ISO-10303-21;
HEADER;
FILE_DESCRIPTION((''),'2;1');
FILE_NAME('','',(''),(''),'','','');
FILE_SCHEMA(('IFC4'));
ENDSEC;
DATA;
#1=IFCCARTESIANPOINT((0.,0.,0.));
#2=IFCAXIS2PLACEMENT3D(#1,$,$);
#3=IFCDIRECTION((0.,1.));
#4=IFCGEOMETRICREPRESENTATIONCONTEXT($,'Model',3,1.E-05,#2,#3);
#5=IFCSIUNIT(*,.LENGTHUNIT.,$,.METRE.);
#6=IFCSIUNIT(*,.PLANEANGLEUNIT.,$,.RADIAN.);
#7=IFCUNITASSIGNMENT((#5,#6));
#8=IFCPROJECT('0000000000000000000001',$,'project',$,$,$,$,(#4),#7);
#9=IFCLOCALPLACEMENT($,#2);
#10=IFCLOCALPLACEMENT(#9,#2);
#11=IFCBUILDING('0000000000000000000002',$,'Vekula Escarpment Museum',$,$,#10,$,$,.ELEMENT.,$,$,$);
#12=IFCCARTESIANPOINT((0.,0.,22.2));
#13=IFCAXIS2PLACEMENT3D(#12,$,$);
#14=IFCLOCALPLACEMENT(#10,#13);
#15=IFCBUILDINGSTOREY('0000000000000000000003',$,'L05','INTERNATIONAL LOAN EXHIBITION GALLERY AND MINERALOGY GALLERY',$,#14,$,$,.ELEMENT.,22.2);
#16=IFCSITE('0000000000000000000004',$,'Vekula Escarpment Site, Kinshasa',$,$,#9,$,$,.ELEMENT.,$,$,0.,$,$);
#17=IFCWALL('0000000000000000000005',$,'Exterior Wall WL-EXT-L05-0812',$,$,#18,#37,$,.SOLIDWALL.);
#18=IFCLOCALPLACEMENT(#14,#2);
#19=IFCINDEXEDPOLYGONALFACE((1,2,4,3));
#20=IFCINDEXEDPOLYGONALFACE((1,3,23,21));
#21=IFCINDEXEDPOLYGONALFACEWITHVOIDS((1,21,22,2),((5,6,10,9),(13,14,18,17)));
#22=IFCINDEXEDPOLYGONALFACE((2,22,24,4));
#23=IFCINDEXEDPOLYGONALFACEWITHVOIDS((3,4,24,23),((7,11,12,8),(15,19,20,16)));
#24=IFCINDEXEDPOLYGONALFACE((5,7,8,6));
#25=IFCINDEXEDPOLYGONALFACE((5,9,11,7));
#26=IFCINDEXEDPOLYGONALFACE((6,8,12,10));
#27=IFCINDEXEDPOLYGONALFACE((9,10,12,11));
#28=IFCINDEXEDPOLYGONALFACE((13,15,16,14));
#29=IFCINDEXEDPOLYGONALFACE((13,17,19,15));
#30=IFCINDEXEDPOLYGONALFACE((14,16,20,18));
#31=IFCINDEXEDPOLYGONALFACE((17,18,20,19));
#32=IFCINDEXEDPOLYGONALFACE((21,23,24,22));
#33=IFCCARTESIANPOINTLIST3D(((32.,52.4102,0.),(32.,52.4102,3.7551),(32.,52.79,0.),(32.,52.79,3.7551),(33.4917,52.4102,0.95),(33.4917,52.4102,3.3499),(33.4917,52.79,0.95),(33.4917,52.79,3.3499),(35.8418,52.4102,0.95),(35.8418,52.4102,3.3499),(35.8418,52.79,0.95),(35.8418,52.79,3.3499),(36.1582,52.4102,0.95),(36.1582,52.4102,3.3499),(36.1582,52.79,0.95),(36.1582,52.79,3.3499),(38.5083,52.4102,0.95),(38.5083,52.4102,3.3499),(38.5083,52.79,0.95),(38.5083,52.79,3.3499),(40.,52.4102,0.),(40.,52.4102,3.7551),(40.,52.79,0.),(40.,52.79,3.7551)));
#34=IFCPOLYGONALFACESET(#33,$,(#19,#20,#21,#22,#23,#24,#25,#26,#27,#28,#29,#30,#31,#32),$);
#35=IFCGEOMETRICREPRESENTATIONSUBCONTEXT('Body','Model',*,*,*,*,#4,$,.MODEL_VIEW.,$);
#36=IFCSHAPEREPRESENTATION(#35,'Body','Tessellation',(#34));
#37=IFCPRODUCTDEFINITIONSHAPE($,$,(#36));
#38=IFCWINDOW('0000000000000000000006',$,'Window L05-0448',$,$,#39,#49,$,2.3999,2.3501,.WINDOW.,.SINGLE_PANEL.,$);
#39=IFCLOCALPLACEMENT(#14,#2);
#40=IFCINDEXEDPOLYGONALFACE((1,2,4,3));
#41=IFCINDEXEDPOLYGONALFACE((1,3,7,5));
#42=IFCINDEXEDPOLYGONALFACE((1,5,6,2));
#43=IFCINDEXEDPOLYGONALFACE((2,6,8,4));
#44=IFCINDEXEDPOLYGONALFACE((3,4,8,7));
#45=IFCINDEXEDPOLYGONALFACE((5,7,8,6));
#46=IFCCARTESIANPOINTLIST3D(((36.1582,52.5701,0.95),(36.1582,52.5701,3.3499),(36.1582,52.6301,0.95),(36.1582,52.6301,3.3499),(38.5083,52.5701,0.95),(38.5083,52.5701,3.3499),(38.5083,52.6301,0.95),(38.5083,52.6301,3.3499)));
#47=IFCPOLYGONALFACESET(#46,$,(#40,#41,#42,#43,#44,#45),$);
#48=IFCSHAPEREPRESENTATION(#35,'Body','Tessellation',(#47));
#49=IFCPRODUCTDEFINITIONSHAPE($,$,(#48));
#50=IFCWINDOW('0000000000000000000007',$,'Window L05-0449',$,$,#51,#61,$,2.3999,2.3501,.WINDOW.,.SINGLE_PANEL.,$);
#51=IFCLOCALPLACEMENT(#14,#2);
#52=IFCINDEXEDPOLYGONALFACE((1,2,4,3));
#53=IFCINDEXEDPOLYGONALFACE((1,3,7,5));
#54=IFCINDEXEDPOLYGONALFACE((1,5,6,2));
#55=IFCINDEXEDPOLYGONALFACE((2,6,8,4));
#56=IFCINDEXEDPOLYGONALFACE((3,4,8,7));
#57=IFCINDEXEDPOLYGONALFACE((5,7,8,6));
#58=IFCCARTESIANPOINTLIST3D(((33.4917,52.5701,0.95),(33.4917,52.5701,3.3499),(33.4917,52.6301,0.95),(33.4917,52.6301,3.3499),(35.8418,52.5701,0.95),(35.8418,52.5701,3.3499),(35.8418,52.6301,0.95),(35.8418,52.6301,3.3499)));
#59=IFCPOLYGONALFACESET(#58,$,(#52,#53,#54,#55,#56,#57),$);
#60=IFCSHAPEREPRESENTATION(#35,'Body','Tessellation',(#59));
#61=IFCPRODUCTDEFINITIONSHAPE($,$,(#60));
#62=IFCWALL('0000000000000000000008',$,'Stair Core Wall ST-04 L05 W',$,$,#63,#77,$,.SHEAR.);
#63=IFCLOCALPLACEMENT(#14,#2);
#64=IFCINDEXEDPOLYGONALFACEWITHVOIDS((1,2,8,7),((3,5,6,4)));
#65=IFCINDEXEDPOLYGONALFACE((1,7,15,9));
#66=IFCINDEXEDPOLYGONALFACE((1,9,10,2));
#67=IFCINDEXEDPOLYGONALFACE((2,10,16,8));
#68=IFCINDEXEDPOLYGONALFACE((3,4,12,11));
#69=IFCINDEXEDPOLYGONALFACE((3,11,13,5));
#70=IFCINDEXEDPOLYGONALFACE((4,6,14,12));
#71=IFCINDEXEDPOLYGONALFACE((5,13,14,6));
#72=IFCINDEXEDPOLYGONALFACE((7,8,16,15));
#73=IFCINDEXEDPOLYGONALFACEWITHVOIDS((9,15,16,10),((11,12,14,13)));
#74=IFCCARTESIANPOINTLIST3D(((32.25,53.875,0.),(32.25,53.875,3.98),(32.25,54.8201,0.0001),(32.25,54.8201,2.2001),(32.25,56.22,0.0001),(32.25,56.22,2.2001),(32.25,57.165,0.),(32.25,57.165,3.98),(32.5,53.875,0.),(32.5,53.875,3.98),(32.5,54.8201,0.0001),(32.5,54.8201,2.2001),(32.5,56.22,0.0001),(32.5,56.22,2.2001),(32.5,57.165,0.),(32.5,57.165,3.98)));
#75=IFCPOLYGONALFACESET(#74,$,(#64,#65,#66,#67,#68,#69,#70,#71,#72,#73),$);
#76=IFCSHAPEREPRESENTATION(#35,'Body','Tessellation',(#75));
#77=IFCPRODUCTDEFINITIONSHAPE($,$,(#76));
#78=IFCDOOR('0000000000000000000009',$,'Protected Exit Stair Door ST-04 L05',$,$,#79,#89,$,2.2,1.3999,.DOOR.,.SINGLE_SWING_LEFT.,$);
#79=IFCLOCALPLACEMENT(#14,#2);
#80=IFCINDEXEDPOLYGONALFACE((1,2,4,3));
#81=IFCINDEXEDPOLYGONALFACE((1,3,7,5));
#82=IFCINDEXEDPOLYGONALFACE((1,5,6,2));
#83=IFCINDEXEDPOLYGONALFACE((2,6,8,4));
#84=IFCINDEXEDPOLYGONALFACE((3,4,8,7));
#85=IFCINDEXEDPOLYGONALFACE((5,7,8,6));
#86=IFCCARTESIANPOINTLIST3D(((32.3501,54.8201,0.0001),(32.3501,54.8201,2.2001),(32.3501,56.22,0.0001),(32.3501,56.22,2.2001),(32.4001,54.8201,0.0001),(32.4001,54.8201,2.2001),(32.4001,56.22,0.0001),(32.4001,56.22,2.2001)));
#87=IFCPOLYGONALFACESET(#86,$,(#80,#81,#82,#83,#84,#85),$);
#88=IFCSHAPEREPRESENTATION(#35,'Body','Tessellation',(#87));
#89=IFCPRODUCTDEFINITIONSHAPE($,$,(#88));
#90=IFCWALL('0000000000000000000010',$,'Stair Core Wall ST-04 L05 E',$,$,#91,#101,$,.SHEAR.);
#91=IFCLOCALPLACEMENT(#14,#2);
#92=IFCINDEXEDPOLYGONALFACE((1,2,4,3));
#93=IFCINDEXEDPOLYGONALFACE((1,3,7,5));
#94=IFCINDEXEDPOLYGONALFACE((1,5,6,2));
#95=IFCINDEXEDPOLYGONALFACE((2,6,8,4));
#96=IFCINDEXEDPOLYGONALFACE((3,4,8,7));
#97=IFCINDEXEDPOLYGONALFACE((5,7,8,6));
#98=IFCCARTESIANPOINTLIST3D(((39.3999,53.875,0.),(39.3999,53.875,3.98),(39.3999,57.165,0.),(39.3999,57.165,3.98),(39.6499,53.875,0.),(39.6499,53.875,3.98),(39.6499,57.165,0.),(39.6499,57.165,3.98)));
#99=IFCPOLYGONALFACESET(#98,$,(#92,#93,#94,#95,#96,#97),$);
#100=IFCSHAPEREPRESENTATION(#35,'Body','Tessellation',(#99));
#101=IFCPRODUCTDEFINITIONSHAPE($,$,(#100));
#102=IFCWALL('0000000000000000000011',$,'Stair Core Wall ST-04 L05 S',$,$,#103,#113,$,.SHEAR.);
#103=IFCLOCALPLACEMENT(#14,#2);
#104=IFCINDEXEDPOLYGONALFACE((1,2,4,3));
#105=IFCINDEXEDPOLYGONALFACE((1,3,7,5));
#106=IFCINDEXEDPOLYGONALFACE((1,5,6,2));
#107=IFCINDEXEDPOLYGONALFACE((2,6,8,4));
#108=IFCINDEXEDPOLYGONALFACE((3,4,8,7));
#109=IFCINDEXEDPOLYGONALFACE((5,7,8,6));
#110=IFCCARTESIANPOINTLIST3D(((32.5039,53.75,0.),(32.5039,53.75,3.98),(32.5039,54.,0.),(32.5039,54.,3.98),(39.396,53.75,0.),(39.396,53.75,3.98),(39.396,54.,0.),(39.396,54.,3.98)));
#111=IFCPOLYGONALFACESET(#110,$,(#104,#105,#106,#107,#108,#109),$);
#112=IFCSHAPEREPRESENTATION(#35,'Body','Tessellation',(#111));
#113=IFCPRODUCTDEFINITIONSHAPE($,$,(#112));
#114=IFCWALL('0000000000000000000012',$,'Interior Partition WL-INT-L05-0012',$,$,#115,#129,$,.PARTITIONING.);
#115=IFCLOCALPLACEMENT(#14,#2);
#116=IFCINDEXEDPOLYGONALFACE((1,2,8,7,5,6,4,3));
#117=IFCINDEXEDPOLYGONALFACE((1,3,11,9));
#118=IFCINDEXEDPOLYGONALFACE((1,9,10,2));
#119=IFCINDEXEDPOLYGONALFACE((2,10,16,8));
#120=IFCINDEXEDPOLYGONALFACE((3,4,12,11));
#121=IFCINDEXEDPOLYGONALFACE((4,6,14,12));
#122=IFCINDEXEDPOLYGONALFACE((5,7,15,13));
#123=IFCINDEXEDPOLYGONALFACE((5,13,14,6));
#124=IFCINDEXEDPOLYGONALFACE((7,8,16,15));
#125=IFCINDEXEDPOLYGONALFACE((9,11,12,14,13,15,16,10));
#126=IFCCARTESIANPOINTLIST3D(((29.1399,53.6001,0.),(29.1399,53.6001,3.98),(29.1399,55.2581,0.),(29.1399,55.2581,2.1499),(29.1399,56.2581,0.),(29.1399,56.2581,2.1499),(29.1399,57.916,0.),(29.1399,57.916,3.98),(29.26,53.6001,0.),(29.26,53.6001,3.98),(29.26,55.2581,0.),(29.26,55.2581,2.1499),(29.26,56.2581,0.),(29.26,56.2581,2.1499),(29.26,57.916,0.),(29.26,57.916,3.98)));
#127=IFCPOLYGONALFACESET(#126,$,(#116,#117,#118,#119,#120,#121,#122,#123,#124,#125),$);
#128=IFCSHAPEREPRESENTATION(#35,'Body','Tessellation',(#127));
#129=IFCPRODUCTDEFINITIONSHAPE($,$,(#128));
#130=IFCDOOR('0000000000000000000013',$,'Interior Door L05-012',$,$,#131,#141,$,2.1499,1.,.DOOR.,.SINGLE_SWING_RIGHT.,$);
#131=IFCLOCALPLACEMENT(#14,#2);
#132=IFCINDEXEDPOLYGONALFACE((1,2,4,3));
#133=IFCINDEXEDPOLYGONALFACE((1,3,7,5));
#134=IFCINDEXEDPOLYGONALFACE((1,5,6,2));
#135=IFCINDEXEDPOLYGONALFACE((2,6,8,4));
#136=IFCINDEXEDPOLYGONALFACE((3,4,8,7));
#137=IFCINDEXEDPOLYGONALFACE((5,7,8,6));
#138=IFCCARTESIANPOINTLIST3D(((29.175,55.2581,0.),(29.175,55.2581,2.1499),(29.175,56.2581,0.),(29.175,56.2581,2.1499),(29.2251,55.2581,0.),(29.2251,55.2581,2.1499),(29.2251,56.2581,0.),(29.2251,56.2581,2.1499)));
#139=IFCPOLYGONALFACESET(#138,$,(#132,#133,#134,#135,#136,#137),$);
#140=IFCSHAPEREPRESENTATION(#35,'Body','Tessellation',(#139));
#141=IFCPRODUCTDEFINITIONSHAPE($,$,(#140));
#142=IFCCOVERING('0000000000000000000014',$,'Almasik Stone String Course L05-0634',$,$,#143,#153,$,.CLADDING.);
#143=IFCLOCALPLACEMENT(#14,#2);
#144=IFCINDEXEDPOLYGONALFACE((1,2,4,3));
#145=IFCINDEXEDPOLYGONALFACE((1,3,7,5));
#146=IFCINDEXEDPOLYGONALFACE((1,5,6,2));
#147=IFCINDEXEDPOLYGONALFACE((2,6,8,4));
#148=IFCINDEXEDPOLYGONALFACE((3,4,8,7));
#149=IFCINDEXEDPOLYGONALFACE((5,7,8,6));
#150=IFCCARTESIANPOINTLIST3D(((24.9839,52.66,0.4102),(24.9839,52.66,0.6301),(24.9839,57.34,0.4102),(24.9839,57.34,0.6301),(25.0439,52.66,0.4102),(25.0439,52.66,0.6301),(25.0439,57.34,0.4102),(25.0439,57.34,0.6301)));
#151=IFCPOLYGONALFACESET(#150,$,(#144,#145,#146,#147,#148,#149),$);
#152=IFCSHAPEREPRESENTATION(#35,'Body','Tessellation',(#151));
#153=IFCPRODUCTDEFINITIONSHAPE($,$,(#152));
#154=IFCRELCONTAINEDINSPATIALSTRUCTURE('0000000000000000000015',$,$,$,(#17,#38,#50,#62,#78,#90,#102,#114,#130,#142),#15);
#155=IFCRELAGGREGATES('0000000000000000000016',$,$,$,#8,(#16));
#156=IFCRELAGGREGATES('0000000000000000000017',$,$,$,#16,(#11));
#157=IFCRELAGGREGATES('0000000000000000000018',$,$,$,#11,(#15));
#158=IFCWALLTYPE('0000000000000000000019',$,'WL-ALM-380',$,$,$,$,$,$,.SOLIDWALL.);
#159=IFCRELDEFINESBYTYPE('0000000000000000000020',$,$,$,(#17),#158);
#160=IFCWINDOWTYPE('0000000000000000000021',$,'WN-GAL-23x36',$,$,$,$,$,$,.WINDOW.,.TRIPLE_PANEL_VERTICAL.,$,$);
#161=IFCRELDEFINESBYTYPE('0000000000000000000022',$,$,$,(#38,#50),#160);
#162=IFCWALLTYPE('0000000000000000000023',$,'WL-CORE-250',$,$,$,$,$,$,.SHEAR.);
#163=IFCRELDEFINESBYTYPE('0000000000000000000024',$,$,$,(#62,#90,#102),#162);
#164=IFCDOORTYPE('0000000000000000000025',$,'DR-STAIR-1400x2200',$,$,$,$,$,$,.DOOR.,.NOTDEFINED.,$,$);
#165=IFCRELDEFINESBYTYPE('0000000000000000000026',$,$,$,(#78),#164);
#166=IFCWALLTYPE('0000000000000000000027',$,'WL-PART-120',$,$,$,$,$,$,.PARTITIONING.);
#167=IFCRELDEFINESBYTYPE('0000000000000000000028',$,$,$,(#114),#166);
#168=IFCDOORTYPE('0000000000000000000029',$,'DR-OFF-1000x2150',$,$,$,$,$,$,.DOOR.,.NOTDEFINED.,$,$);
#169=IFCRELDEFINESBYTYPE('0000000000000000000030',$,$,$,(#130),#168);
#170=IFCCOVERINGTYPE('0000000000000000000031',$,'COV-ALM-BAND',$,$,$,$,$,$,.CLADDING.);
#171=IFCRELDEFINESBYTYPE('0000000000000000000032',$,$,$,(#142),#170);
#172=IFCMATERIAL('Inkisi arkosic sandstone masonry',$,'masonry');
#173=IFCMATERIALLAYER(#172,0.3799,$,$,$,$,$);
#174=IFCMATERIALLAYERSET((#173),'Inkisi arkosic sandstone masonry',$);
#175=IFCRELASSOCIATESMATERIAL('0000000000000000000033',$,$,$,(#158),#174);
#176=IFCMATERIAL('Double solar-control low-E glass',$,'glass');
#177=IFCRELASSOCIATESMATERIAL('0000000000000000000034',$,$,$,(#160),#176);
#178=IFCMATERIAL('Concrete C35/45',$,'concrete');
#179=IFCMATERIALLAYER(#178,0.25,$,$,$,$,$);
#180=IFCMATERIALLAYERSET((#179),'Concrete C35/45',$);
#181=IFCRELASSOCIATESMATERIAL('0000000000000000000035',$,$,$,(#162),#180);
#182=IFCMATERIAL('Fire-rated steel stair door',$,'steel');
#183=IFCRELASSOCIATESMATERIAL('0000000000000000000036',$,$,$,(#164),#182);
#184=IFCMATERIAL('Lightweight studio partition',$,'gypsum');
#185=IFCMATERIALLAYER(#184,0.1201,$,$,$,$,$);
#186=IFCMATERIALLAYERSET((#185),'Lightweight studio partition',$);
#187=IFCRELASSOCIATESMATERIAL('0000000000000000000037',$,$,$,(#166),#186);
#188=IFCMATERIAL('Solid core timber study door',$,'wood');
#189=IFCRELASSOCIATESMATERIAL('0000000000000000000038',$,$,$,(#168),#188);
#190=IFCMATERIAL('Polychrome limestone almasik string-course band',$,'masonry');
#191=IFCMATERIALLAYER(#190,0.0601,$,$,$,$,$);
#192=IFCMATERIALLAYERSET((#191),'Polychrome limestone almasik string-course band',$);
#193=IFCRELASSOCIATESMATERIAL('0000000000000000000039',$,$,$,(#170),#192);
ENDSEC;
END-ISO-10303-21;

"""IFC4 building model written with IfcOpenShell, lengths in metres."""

from ifc_helpers import new_model, si_unit, direction, frame, frame_2d, origin, origin_2d, place, context, subcontext, project, spatial, rectangle, extrude, material, layer, layer_set, type_object, element, fill, save


model = new_model("IFC4")

# Units and contexts
model_context = context("Model", 3, precision=1e-05, world=origin(), true_north=direction((0.0, 1.0)))
body_context = subcontext(model_context, "Body", "Model", "MODEL_VIEW")
ifc_project = project(units=[si_unit("LENGTHUNIT", "METRE"), si_unit("PLANEANGLEUNIT", "RADIAN")], contexts=[model_context])

# Site, building, storey
site_placement = place(None, origin())
site = spatial("IfcSite", under=ifc_project, at=site_placement, Name="Vekula Escarpment Site, Kinshasa", CompositionType="ELEMENT", RefElevation=0.0)
building_placement = place(site_placement, origin())
building = spatial("IfcBuilding", under=site, at=building_placement, Name="Vekula Escarpment Museum", CompositionType="ELEMENT")
storey_placement = place(building_placement, frame((0.0, 0.0, 22.2)))
storey = spatial("IfcBuildingStorey", under=building, at=storey_placement, Name="L05", Description="INTERNATIONAL LOAN EXHIBITION GALLERY AND MINERALOGY GALLERY", CompositionType="ELEMENT", Elevation=22.2)

# Wall, openings, windows
ifc_material_1 = material(Name="Inkisi arkosic sandstone masonry", Category="masonry")
ifc_layer_1 = layer(ifc_material_1, 0.3799)
ifc_layer_set_1 = layer_set([ifc_layer_1], Name="Inkisi arkosic sandstone masonry")
wall_type_1 = type_object("IfcWallType", Name="WL-ALM-380", PredefinedType="SOLIDWALL", material=ifc_layer_set_1)
wall_1_placement = place(storey_placement, frame((40.0, 52.6001, 0.0), z_axis=(0.0, 0.0, 1.0), x_axis=(-1.0, 0.0, 0.0)))
wall_1 = element("IfcWall", 1, at=wall_1_placement, inside=storey, type_object=wall_type_1, Name="Exterior Wall WL-EXT-L05-0812", PredefinedType="SOLIDWALL", context=body_context, shape_type="SweptSolid", body=[
    extrude(rectangle(XDim=8.0, YDim=0.3799, at=frame_2d((4.0, 0.0))), origin(), (0.0, 0.0, 1.0), 3.7551),
])
opening_1_placement = place(wall_1_placement, frame((1.4917, 0.0, 0.95)))
opening_1 = element("IfcOpeningElement", 2, at=opening_1_placement, cuts=wall_1, PredefinedType="OPENING", context=body_context, shape_type="SweptSolid", body=[
    extrude(rectangle(XDim=2.3501, YDim=2.3999, at=frame_2d((1.175, 1.2))), frame((0.0, 0.2, 0.0), z_axis=(0.0, -1.0, 0.0), x_axis=(1.0, 0.0, 0.0)), (0.0, 0.0, 1.0), 0.3999),
])
opening_2_placement = place(wall_1_placement, frame((4.1582, 0.0, 0.95)))
opening_2 = element("IfcOpeningElement", 3, at=opening_2_placement, cuts=wall_1, PredefinedType="OPENING", context=body_context, shape_type="SweptSolid", body=[
    extrude(rectangle(XDim=2.3501, YDim=2.3999, at=frame_2d((1.175, 1.2))), frame((0.0, 0.2, 0.0), z_axis=(0.0, -1.0, 0.0), x_axis=(1.0, 0.0, 0.0)), (0.0, 0.0, 1.0), 0.3999),
])
ifc_material_2 = material(Name="Double solar-control low-E glass", Category="glass")
window_type_1 = type_object("IfcWindowType", Name="WN-GAL-23x36", PartitioningType="TRIPLE_PANEL_VERTICAL", PredefinedType="WINDOW", material=ifc_material_2)
window_1_placement = place(opening_1_placement, origin())
window_1 = element("IfcWindow", 4, at=window_1_placement, inside=storey, type_object=window_type_1, Name="Window L05-0448", OverallHeight=2.3999, OverallWidth=2.3501, PartitioningType="SINGLE_PANEL", PredefinedType="WINDOW", context=body_context, shape_type="SweptSolid", body=[
    extrude(rectangle(XDim=2.3501, YDim=2.3999, at=frame_2d((1.175, 1.2))), frame((0.0, 0.03, 0.0), z_axis=(0.0, -1.0, 0.0), x_axis=(1.0, 0.0, 0.0)), (0.0, 0.0, 1.0), 0.0601),
])
fill(opening_1, window_1)
window_2_placement = place(opening_2_placement, origin())
window_2 = element("IfcWindow", 5, at=window_2_placement, inside=storey, type_object=window_type_1, Name="Window L05-0449", OverallHeight=2.3999, OverallWidth=2.3501, PartitioningType="SINGLE_PANEL", PredefinedType="WINDOW", context=body_context, shape_type="SweptSolid", body=[
    extrude(rectangle(XDim=2.3501, YDim=2.3999, at=frame_2d((1.175, 1.2))), frame((0.0, 0.03, 0.0), z_axis=(0.0, -1.0, 0.0), x_axis=(1.0, 0.0, 0.0)), (0.0, 0.0, 1.0), 0.0601),
])
fill(opening_2, window_2)

# Wall, opening, door
ifc_material_3 = material(Name="Concrete C35/45", Category="concrete")
ifc_layer_2 = layer(ifc_material_3, 0.25)
ifc_layer_set_2 = layer_set([ifc_layer_2], Name="Concrete C35/45")
wall_type_2 = type_object("IfcWallType", Name="WL-CORE-250", PredefinedType="SHEAR", material=ifc_layer_set_2)
wall_2_placement = place(storey_placement, frame((32.375, 53.875, 0.0), z_axis=(0.0, 0.0, 1.0), x_axis=(0.0, 1.0, 0.0)))
wall_2 = element("IfcWall", 6, at=wall_2_placement, inside=storey, type_object=wall_type_2, Name="Stair Core Wall ST-04 L05 W", PredefinedType="SHEAR", context=body_context, shape_type="SweptSolid", body=[
    extrude(rectangle(XDim=3.29, YDim=0.25, at=frame_2d((1.645, 0.0))), origin(), (0.0, 0.0, 1.0), 3.98),
])
opening_3_placement = place(wall_2_placement, frame((0.9451, 0.0, 0.0)))
opening_3 = element("IfcOpeningElement", 7, at=opening_3_placement, cuts=wall_2, PredefinedType="OPENING", context=body_context, shape_type="SweptSolid", body=[
    extrude(rectangle(XDim=1.3999, YDim=2.2, at=frame_2d((0.7, 1.1001))), frame((0.0, 0.135, 0.0), z_axis=(0.0, -1.0, 0.0), x_axis=(1.0, 0.0, 0.0)), (0.0, 0.0, 1.0), 0.27),
])
ifc_material_4 = material(Name="Fire-rated steel stair door", Category="steel")
door_type_1 = type_object("IfcDoorType", Name="DR-STAIR-1400x2200", OperationType="NOTDEFINED", PredefinedType="DOOR", material=ifc_material_4)
door_1_placement = place(opening_3_placement, origin())
door_1 = element("IfcDoor", 8, at=door_1_placement, inside=storey, type_object=door_type_1, Name="Protected Exit Stair Door ST-04 L05", OperationType="SINGLE_SWING_LEFT", OverallHeight=2.2, OverallWidth=1.3999, PredefinedType="DOOR", context=body_context, shape_type="SweptSolid", body=[
    extrude(rectangle(XDim=1.3999, YDim=2.2, at=frame_2d((0.7, 1.1001))), frame((0.0, 0.0249, 0.0), z_axis=(0.0, -1.0, 0.0), x_axis=(1.0, 0.0, 0.0)), (0.0, 0.0, 1.0), 0.05),
])
fill(opening_3, door_1)

# Walls
wall_3_placement = place(storey_placement, frame((39.5249, 53.875, 0.0), z_axis=(0.0, 0.0, 1.0), x_axis=(0.0, 1.0, 0.0)))
element("IfcWall", 9, at=wall_3_placement, inside=storey, type_object=wall_type_2, Name="Stair Core Wall ST-04 L05 E", PredefinedType="SHEAR", context=body_context, shape_type="SweptSolid", body=[
    extrude(rectangle(XDim=3.29, YDim=0.25, at=frame_2d((1.645, 0.0))), origin(), (0.0, 0.0, 1.0), 3.98),
])
wall_4_placement = place(storey_placement, frame((32.5039, 53.875, 0.0), z_axis=(0.0, 0.0, 1.0), x_axis=(1.0, 0.0, 0.0)))
element("IfcWall", 10, at=wall_4_placement, inside=storey, type_object=wall_type_2, Name="Stair Core Wall ST-04 L05 S", PredefinedType="SHEAR", context=body_context, shape_type="SweptSolid", body=[
    extrude(rectangle(XDim=6.8921, YDim=0.25, at=frame_2d((3.446, 0.0))), origin(), (0.0, 0.0, 1.0), 3.98),
])

# Wall, opening, door
ifc_material_5 = material(Name="Lightweight studio partition", Category="gypsum")
ifc_layer_3 = layer(ifc_material_5, 0.1201)
ifc_layer_set_3 = layer_set([ifc_layer_3], Name="Lightweight studio partition")
wall_type_3 = type_object("IfcWallType", Name="WL-PART-120", PredefinedType="PARTITIONING", material=ifc_layer_set_3)
wall_5_placement = place(storey_placement, frame((29.2, 53.6001, 0.0), z_axis=(0.0, 0.0, 1.0), x_axis=(0.0, 1.0, 0.0)))
wall_5 = element("IfcWall", 11, at=wall_5_placement, inside=storey, type_object=wall_type_3, Name="Interior Partition WL-INT-L05-0012", PredefinedType="PARTITIONING", context=body_context, shape_type="SweptSolid", body=[
    extrude(rectangle(XDim=4.3159, YDim=0.1201, at=frame_2d((2.158, 0.0))), origin(), (0.0, 0.0, 1.0), 3.98),
])
opening_4_placement = place(wall_5_placement, frame((1.658, 0.0, 0.0)))
opening_4 = element("IfcOpeningElement", 12, at=opening_4_placement, cuts=wall_5, PredefinedType="OPENING", context=body_context, shape_type="SweptSolid", body=[
    extrude(rectangle(XDim=1.0, YDim=2.1499, at=frame_2d((0.5, 1.075))), frame((0.0, 0.0701, 0.0), z_axis=(0.0, -1.0, 0.0), x_axis=(1.0, 0.0, 0.0)), (0.0, 0.0, 1.0), 0.1401),
])
ifc_material_6 = material(Name="Solid core timber study door", Category="wood")
door_type_2 = type_object("IfcDoorType", Name="DR-OFF-1000x2150", OperationType="NOTDEFINED", PredefinedType="DOOR", material=ifc_material_6)
door_2_placement = place(opening_4_placement, origin())
door_2 = element("IfcDoor", 13, at=door_2_placement, inside=storey, type_object=door_type_2, Name="Interior Door L05-012", OperationType="SINGLE_SWING_RIGHT", OverallHeight=2.1499, OverallWidth=1.0, PredefinedType="DOOR", context=body_context, shape_type="SweptSolid", body=[
    extrude(rectangle(XDim=1.0, YDim=2.1499, at=frame_2d((0.5, 1.075))), frame((0.0, 0.0249, 0.0), z_axis=(0.0, -1.0, 0.0), x_axis=(1.0, 0.0, 0.0)), (0.0, 0.0, 1.0), 0.05),
])
fill(opening_4, door_2)

# Covering
ifc_material_7 = material(Name="Polychrome limestone almasik string-course band", Category="masonry")
ifc_layer_4 = layer(ifc_material_7, 0.0601)
ifc_layer_set_4 = layer_set([ifc_layer_4], Name="Polychrome limestone almasik string-course band")
covering_type = type_object("IfcCoveringType", Name="COV-ALM-BAND", PredefinedType="CLADDING", material=ifc_layer_set_4)
covering_placement = place(storey_placement, frame((25.0139, 55.0, 0.4102), z_axis=(0.0, 0.0, 1.0), x_axis=(0.0, 1.0, 0.0)))
element("IfcCovering", 14, at=covering_placement, inside=storey, type_object=covering_type, Name="Almasik Stone String Course L05-0634", PredefinedType="CLADDING", context=body_context, shape_type="SweptSolid", body=[
    extrude(rectangle(XDim=4.6799, YDim=0.0601, at=origin_2d()), origin(), (0.0, 0.0, 1.0), 0.22),
])

save(model, "model.ifc")
